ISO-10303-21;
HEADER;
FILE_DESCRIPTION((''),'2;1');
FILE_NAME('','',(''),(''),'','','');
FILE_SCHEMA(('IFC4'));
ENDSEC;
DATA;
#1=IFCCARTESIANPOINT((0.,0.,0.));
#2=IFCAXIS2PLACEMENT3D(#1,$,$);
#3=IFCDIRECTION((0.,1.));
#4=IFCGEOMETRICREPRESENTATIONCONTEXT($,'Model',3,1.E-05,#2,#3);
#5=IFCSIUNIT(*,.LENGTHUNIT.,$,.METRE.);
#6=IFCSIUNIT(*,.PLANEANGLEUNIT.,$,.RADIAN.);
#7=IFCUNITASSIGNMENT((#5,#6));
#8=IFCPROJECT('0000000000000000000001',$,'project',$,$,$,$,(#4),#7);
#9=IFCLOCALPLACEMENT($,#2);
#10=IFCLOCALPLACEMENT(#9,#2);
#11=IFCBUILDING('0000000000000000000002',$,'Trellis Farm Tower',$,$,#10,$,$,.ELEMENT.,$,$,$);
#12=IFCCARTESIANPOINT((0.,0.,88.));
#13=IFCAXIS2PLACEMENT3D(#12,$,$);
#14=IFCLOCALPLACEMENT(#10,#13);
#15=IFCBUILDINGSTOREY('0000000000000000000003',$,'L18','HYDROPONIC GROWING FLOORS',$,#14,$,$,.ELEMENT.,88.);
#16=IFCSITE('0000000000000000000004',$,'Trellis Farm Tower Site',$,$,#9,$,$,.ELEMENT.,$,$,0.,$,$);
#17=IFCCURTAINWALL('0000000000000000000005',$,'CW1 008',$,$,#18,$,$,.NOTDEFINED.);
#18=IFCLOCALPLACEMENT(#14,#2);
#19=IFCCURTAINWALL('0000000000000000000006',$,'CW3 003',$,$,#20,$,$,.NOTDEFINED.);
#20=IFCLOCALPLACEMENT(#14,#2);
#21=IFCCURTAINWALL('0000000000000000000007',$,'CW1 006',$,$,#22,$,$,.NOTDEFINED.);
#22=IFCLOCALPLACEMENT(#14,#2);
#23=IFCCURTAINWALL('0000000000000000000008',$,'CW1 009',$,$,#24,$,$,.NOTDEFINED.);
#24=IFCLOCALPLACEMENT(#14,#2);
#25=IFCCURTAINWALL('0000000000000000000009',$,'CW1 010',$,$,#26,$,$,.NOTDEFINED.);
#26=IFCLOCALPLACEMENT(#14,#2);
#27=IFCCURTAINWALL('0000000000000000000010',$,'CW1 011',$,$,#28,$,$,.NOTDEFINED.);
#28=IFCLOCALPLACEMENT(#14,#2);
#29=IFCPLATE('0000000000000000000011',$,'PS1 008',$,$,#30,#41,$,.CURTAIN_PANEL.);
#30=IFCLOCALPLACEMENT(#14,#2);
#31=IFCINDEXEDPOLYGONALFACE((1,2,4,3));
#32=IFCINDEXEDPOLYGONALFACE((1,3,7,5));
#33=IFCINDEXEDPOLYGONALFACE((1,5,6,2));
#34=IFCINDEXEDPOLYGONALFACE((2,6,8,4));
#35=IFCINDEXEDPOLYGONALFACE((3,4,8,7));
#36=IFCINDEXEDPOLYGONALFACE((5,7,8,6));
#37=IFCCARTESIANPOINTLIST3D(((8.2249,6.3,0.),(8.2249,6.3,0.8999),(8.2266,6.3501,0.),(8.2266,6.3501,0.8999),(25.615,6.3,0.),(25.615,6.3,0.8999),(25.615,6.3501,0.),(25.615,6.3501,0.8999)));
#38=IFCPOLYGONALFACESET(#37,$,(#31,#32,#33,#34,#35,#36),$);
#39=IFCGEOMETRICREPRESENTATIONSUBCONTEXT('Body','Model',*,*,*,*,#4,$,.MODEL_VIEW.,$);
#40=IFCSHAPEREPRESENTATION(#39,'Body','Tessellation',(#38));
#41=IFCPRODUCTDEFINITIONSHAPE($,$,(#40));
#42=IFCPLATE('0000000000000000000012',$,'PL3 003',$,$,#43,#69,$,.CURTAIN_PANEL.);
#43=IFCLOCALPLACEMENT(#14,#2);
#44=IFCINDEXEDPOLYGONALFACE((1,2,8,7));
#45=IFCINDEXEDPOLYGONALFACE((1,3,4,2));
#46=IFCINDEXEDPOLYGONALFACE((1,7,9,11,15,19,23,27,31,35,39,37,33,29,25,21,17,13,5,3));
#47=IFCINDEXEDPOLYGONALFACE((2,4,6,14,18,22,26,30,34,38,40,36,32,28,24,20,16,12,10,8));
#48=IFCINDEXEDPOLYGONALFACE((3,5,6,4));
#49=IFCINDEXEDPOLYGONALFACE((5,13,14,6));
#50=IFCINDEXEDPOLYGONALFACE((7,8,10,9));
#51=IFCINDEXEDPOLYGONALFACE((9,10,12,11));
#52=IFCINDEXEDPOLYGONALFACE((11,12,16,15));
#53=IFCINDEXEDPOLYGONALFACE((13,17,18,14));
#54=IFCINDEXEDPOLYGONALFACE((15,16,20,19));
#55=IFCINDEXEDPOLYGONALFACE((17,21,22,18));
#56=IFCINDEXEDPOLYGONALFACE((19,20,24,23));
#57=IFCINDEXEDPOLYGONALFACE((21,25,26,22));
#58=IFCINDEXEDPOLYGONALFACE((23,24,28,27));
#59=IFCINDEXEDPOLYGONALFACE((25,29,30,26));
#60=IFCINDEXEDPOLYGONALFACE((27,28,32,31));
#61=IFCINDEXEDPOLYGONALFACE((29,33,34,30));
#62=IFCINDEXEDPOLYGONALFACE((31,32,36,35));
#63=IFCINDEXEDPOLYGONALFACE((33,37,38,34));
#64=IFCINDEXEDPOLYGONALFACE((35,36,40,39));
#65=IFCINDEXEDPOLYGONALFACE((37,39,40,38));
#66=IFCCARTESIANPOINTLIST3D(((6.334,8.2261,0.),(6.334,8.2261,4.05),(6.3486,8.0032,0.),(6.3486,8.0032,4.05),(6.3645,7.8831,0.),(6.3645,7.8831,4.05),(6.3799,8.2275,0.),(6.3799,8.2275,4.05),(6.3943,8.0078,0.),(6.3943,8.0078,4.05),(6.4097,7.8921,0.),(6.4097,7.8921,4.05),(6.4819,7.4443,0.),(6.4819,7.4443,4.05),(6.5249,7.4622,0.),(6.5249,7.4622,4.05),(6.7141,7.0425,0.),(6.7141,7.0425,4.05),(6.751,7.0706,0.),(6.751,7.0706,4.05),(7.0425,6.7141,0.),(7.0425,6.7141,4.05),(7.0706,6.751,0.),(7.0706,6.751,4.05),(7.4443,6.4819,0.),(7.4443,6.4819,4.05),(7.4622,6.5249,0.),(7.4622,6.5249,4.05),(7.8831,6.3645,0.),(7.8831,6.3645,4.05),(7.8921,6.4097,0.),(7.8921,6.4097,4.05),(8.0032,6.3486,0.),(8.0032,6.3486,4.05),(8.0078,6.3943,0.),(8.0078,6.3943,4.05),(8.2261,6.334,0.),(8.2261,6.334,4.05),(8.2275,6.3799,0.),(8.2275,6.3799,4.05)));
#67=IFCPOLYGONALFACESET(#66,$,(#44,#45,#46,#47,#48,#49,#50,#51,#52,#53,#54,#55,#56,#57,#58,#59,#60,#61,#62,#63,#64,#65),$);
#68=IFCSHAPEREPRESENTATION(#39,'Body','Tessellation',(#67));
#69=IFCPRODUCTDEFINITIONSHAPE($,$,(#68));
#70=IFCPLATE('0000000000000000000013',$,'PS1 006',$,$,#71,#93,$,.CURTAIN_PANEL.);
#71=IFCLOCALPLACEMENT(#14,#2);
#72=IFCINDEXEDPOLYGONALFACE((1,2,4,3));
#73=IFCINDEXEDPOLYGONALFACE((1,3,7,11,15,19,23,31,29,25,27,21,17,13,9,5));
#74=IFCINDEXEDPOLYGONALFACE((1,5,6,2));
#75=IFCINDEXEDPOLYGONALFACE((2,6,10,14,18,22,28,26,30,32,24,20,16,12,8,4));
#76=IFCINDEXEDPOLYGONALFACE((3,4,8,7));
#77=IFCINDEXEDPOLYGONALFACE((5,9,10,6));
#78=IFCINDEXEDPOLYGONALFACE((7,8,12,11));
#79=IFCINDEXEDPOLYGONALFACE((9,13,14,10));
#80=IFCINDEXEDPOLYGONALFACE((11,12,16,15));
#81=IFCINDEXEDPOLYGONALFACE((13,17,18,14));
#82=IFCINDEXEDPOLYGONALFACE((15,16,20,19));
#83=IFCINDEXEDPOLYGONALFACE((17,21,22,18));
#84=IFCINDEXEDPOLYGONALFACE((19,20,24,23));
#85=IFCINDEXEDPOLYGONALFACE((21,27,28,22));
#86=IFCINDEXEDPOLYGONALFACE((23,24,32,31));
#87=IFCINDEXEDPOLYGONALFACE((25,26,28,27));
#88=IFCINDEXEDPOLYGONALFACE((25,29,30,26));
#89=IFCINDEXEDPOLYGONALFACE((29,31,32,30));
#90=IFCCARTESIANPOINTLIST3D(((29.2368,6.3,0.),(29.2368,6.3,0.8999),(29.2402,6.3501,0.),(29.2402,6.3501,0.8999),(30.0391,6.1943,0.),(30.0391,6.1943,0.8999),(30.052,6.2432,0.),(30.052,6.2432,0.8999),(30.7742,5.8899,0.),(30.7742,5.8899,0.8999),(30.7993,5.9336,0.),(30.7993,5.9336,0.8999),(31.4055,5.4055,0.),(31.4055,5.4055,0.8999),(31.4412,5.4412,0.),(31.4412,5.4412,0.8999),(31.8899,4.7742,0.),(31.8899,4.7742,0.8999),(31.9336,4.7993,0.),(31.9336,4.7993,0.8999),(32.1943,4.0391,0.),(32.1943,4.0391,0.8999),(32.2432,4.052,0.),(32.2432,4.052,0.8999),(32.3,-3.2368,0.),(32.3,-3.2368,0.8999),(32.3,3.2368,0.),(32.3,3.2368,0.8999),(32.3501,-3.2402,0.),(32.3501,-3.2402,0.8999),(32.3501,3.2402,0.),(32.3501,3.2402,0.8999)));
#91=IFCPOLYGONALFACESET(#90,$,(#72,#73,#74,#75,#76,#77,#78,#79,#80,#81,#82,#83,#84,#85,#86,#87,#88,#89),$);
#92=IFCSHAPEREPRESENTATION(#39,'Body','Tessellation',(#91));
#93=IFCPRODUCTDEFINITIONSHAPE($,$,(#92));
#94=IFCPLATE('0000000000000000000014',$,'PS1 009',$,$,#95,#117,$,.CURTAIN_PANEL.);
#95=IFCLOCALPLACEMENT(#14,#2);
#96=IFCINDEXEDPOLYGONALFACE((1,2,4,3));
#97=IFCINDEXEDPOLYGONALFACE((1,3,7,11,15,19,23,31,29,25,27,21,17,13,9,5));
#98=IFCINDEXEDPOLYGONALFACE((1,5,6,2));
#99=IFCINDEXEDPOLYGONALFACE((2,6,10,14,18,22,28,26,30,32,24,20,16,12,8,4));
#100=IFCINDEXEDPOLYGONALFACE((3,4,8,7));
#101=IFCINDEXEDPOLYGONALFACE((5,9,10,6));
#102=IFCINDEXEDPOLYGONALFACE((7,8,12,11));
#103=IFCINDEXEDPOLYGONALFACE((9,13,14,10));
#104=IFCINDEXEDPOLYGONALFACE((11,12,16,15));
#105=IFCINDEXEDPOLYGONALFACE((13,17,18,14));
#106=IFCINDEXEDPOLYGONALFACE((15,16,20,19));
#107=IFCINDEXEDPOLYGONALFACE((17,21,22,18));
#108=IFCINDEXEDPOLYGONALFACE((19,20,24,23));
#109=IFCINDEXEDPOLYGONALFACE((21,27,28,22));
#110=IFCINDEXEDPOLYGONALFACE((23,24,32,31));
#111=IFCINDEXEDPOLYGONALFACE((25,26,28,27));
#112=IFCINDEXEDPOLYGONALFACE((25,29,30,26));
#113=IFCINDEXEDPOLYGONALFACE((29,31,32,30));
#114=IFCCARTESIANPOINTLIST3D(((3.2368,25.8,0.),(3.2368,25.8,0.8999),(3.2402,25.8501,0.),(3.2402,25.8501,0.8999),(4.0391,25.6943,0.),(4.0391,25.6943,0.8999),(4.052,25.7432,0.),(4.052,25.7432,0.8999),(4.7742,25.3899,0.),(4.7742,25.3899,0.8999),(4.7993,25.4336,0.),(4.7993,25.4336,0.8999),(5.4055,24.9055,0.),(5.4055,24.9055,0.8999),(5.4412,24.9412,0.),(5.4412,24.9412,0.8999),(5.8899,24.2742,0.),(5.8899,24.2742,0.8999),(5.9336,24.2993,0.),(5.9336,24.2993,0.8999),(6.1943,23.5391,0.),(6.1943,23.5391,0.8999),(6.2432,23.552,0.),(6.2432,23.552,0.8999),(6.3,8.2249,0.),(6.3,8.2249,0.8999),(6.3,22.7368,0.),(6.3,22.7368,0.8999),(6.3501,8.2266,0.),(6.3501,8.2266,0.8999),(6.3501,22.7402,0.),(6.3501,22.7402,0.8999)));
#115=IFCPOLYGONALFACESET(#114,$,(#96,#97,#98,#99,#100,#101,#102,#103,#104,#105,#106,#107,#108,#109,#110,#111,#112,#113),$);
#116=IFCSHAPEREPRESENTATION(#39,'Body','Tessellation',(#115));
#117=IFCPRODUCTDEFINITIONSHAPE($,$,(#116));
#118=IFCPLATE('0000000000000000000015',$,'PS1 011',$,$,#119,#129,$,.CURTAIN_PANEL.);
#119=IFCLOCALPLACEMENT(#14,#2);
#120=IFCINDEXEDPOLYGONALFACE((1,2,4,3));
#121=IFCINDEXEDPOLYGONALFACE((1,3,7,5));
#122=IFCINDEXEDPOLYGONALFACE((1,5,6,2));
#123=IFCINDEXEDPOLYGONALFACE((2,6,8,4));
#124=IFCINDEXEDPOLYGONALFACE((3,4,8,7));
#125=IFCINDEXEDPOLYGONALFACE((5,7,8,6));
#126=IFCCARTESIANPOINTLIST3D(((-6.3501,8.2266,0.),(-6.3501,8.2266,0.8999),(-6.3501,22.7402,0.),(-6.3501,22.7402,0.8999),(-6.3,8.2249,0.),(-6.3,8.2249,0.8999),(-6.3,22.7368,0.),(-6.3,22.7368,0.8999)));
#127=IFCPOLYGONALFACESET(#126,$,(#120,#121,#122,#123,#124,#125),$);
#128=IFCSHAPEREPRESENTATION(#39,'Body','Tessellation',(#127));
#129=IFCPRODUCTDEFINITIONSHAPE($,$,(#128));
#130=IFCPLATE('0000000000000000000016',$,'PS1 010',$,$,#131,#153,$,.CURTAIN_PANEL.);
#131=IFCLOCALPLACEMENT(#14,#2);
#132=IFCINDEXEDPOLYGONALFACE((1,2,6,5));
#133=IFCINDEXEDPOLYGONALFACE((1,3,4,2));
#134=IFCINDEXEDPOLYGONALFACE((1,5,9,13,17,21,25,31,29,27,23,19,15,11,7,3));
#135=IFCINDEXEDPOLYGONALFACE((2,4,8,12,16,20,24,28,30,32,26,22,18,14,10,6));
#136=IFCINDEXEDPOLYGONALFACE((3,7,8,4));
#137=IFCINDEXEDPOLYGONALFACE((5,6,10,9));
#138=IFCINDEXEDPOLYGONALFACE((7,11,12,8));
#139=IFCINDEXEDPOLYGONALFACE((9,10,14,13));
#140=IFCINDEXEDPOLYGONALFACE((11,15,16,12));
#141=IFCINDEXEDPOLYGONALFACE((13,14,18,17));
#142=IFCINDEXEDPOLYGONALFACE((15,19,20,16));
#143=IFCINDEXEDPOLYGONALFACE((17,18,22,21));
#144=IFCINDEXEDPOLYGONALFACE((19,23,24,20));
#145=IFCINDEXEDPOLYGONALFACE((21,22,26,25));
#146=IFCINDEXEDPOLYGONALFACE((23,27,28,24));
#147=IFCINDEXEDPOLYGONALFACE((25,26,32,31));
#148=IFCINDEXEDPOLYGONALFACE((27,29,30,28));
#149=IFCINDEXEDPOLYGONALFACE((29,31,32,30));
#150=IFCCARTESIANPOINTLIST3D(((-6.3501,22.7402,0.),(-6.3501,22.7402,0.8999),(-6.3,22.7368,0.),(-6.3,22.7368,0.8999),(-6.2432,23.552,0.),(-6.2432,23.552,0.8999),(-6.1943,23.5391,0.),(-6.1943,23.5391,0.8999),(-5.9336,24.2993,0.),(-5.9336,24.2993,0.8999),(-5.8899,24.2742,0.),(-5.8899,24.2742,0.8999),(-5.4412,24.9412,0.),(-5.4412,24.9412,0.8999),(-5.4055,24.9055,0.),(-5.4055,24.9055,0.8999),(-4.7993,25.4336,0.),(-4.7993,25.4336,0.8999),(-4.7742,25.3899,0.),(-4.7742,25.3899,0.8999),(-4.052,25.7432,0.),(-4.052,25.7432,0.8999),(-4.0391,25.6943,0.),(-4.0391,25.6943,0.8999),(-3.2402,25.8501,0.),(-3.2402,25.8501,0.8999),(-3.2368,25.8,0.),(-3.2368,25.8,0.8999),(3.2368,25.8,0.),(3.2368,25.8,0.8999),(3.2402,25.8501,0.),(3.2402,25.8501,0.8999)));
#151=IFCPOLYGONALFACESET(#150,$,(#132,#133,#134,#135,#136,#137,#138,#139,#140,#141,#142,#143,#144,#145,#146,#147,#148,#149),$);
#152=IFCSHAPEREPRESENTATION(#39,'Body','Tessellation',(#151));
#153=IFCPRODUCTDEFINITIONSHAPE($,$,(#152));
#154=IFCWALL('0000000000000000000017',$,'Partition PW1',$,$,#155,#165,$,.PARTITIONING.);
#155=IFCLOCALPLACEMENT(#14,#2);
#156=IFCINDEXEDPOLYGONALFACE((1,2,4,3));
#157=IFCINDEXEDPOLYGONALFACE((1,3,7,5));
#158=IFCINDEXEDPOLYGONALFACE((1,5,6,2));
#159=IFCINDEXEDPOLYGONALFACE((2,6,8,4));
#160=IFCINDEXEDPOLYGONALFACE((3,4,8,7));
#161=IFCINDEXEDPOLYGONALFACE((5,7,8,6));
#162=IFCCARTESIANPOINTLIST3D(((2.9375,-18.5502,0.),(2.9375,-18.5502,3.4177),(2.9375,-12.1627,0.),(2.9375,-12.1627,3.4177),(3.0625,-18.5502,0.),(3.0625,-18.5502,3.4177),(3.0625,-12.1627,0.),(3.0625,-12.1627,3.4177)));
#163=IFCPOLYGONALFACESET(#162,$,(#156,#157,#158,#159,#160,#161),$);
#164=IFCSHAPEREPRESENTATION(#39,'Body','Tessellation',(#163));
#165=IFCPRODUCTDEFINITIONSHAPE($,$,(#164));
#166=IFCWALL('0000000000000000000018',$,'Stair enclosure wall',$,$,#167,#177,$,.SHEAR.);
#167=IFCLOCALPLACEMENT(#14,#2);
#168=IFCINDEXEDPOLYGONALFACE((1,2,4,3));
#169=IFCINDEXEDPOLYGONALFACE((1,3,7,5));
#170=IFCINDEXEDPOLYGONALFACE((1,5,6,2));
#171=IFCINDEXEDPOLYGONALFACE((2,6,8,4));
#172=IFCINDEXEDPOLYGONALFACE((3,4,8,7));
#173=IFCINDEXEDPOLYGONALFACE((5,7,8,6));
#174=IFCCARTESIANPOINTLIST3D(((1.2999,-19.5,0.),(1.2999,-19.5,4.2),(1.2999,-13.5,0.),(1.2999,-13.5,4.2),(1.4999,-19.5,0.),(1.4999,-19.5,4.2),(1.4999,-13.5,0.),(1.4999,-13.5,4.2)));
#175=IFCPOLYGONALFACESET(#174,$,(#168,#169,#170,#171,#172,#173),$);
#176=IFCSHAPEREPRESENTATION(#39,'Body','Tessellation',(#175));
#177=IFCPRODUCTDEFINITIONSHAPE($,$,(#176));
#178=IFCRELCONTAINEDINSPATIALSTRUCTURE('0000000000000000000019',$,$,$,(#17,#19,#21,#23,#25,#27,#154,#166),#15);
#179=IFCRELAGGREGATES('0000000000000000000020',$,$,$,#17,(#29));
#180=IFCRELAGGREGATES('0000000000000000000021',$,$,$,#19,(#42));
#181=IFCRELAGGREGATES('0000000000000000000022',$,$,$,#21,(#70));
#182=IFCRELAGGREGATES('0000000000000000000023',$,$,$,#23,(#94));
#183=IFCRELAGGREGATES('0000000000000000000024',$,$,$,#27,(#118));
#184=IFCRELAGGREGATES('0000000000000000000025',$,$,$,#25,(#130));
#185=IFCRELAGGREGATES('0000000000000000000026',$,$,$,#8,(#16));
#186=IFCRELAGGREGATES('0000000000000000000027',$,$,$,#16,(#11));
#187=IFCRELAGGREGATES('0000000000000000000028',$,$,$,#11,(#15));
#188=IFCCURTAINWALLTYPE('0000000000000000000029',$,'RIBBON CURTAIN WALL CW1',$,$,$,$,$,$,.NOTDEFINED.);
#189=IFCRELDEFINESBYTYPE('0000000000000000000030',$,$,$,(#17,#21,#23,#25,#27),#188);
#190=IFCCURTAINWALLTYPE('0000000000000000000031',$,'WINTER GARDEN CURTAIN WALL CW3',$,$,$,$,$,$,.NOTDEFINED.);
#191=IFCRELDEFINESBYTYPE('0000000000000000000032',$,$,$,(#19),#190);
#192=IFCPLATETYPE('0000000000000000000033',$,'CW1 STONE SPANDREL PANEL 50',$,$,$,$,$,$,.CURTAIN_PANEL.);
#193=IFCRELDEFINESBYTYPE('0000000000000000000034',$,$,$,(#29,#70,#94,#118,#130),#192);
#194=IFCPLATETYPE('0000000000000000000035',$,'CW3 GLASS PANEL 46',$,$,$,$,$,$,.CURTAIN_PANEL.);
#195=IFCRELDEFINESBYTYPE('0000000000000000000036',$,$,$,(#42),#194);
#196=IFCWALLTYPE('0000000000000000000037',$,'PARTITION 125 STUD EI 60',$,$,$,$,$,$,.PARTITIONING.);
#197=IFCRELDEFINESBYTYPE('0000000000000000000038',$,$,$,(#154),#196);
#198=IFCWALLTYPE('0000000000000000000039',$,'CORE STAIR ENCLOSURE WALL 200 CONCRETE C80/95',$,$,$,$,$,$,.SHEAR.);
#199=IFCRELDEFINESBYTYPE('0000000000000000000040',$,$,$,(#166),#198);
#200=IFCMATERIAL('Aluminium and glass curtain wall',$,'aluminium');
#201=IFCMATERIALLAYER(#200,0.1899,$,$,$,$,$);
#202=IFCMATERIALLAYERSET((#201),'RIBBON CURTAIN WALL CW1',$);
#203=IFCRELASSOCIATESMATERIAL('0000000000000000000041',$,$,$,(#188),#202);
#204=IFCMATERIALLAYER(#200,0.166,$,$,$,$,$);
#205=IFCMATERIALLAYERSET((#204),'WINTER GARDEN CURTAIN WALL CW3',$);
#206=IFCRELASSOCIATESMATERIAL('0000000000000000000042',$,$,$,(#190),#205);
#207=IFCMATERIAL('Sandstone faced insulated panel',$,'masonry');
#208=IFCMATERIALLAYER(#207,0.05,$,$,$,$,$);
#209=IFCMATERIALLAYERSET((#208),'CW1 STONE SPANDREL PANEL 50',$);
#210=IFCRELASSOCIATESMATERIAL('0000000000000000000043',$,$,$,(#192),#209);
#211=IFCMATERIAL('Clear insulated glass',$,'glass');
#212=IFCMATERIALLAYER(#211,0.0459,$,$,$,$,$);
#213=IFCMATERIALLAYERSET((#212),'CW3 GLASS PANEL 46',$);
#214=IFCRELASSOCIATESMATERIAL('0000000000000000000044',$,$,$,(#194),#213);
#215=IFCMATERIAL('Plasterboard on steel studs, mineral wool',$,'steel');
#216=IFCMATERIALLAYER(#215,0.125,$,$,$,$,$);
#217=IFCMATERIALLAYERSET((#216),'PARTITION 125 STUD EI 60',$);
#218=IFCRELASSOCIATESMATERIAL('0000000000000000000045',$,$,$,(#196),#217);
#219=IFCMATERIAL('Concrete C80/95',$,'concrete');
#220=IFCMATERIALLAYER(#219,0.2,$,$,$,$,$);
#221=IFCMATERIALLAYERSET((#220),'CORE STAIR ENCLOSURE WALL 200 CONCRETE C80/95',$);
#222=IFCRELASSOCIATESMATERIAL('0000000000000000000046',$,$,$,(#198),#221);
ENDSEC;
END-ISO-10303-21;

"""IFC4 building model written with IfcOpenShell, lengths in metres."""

from ifc_helpers import new_model, si_unit, direction, frame, frame_2d, origin, place, context, subcontext, project, spatial, polyline, rectangle, outline, extrude, source, transform, mapped, material, layer, layer_set, type_object, element, aggregate, save


model = new_model("IFC4")

# Units and contexts
model_context = context("Model", 3, precision=1e-05, world=origin(), true_north=direction((0.0, 1.0)))
body_context = subcontext(model_context, "Body", "Model", "MODEL_VIEW")
ifc_project = project(units=[si_unit("LENGTHUNIT", "METRE"), si_unit("PLANEANGLEUNIT", "RADIAN")], contexts=[model_context])

# Site, building, storey
site_placement = place(None, origin())
site = spatial("IfcSite", under=ifc_project, at=site_placement, Name="Trellis Farm Tower Site", CompositionType="ELEMENT", RefElevation=0.0)
building_placement = place(site_placement, origin())
building = spatial("IfcBuilding", under=site, at=building_placement, Name="Trellis Farm Tower", CompositionType="ELEMENT")
storey_placement = place(building_placement, frame((0.0, 0.0, 88.0)))
storey = spatial("IfcBuildingStorey", under=building, at=storey_placement, Name="L18", Description="HYDROPONIC GROWING FLOORS", CompositionType="ELEMENT", Elevation=88.0)

# Curtain wall
ifc_material_1 = material(Name="Aluminium and glass curtain wall", Category="aluminium")
ifc_layer_1 = layer(ifc_material_1, 0.1899)
ifc_layer_set_1 = layer_set([ifc_layer_1], Name="RIBBON CURTAIN WALL CW1")
curtain_wall_type_1 = type_object("IfcCurtainWallType", Name="RIBBON CURTAIN WALL CW1", PredefinedType="NOTDEFINED", material=ifc_layer_set_1)
placement_1 = place(storey_placement, origin())
curtain_wall_1 = element("IfcCurtainWall", 1, at=placement_1, inside=storey, type_object=curtain_wall_type_1, Name="CW1 008", PredefinedType="NOTDEFINED")

# Curtain walls
ifc_layer_2 = layer(ifc_material_1, 0.166)
ifc_layer_set_2 = layer_set([ifc_layer_2], Name="WINTER GARDEN CURTAIN WALL CW3")
curtain_wall_type_2 = type_object("IfcCurtainWallType", Name="WINTER GARDEN CURTAIN WALL CW3", PredefinedType="NOTDEFINED", material=ifc_layer_set_2)
curtain_wall_2 = element("IfcCurtainWall", 2, at=placement_1, inside=storey, type_object=curtain_wall_type_2, Name="CW3 003", PredefinedType="NOTDEFINED")
curtain_wall_3 = element("IfcCurtainWall", 3, at=placement_1, inside=storey, type_object=curtain_wall_type_1, Name="CW1 006", PredefinedType="NOTDEFINED")
curtain_wall_4 = element("IfcCurtainWall", 4, at=placement_1, inside=storey, type_object=curtain_wall_type_1, Name="CW1 009", PredefinedType="NOTDEFINED")
curtain_wall_5 = element("IfcCurtainWall", 5, at=placement_1, inside=storey, type_object=curtain_wall_type_1, Name="CW1 010", PredefinedType="NOTDEFINED")

# Shared definitions
ifc_material_2 = material(Name="Clear insulated glass", Category="glass")

# Curtain wall
curtain_wall_6 = element("IfcCurtainWall", 6, at=placement_1, inside=storey, type_object=curtain_wall_type_1, Name="CW1 011", PredefinedType="NOTDEFINED")

# Plates
ifc_material_3 = material(Name="Sandstone faced insulated panel", Category="masonry")
ifc_layer_3 = layer(ifc_material_3, 0.05)
ifc_layer_set_3 = layer_set([ifc_layer_3], Name="CW1 STONE SPANDREL PANEL 50")
plate_type_1 = type_object("IfcPlateType", Name="CW1 STONE SPANDREL PANEL 50", PredefinedType="CURTAIN_PANEL", material=ifc_layer_set_3)
plate_1 = element("IfcPlate", 7, at=placement_1, type_object=plate_type_1, Name="PS1 008", PredefinedType="CURTAIN_PANEL", context=body_context, shape_type="SweptSolid", body=[
    extrude(outline(polyline([(25.615, 6.3501), (8.2266, 6.3501), (8.2249, 6.3), (25.615, 6.3), (25.615, 6.3501)])), origin(), (0.0, 0.0, 1.0), 0.8999),
])
aggregate(curtain_wall_1, [plate_1])
ifc_layer_4 = layer(ifc_material_2, 0.0459)
ifc_layer_set_4 = layer_set([ifc_layer_4], Name="CW3 GLASS PANEL 46")
plate_type_2 = type_object("IfcPlateType", Name="CW3 GLASS PANEL 46", PredefinedType="CURTAIN_PANEL", material=ifc_layer_set_4)
plate_2 = element("IfcPlate", 8, at=placement_1, type_object=plate_type_2, Name="PL3 003", PredefinedType="CURTAIN_PANEL", context=body_context, shape_type="SweptSolid", body=[
    extrude(outline(polyline([(8.2275, 6.3799), (8.0078, 6.3943), (7.8921, 6.4097), (7.4622, 6.5249), (7.0706, 6.751), (6.751, 7.0706), (6.5249, 7.4622), (6.4097, 7.8921), (6.3943, 8.0078), (6.3799, 8.2275), (6.334, 8.2261), (6.3486, 8.0032), (6.3645, 7.8831), (6.4819, 7.4443), (6.7141, 7.0425), (7.0425, 6.7141), (7.4443, 6.4819), (7.8831, 6.3645), (8.0032, 6.3486), (8.2261, 6.334), (8.2275, 6.3799)])), origin(), (0.0, 0.0, 1.0), 4.05),
])
aggregate(curtain_wall_2, [plate_2])
shared_shape_1 = source(origin(), body_context, "Body", "SweptSolid", [
    extrude(outline(polyline([(32.3501, -3.2402), (32.3501, 3.2402), (32.2432, 4.052), (31.9336, 4.7993), (31.4412, 5.4412), (30.7993, 5.9336), (30.052, 6.2432), (29.2402, 6.3501), (29.2368, 6.3), (30.0391, 6.1943), (30.7742, 5.8899), (31.4055, 5.4055), (31.8899, 4.7742), (32.1943, 4.0391), (32.3, 3.2368), (32.3, -3.2368), (32.3501, -3.2402)])), origin(), (0.0, 0.0, 1.0), 0.8999),
])
plate_3 = element("IfcPlate", 9, at=placement_1, type_object=plate_type_1, Name="PS1 006", PredefinedType="CURTAIN_PANEL", context=body_context, shape_type="MappedRepresentation", body=[
    mapped(shared_shape_1, transform((0.0, 0.0, 0.0))),
])
aggregate(curtain_wall_3, [plate_3])
shared_shape_2 = source(origin(), body_context, "Body", "SweptSolid", [
    extrude(outline(polyline([(6.3501, 8.2266), (6.3501, 22.7402), (6.2432, 23.552), (5.9336, 24.2993), (5.4412, 24.9412), (4.7993, 25.4336), (4.052, 25.7432), (3.2402, 25.8501), (3.2368, 25.8), (4.0391, 25.6943), (4.7742, 25.3899), (5.4055, 24.9055), (5.8899, 24.2742), (6.1943, 23.5391), (6.3, 22.7368), (6.3, 8.2249), (6.3501, 8.2266)])), origin(), (0.0, 0.0, 1.0), 0.8999),
])
plate_4 = element("IfcPlate", 10, at=placement_1, type_object=plate_type_1, Name="PS1 009", PredefinedType="CURTAIN_PANEL", context=body_context, shape_type="MappedRepresentation", body=[
    mapped(shared_shape_2, transform((0.0, 0.0, 0.0))),
])
aggregate(curtain_wall_4, [plate_4])
shared_shape_3 = source(origin(), body_context, "Body", "SweptSolid", [
    extrude(outline(polyline([(-6.3501, 22.7402), (-6.3501, 8.2266), (-6.3, 8.2249), (-6.3, 22.7368), (-6.3501, 22.7402)])), origin(), (0.0, 0.0, 1.0), 0.8999),
])
plate_5 = element("IfcPlate", 11, at=placement_1, type_object=plate_type_1, Name="PS1 011", PredefinedType="CURTAIN_PANEL", context=body_context, shape_type="MappedRepresentation", body=[
    mapped(shared_shape_3, transform((0.0, 0.0, 0.0))),
])
aggregate(curtain_wall_6, [plate_5])
shared_shape_4 = source(origin(), body_context, "Body", "SweptSolid", [
    extrude(outline(polyline([(3.2402, 25.8501), (-3.2402, 25.8501), (-4.052, 25.7432), (-4.7993, 25.4336), (-5.4412, 24.9412), (-5.9336, 24.2993), (-6.2432, 23.552), (-6.3501, 22.7402), (-6.3, 22.7368), (-6.1943, 23.5391), (-5.8899, 24.2742), (-5.4055, 24.9055), (-4.7742, 25.3899), (-4.0391, 25.6943), (-3.2368, 25.8), (3.2368, 25.8), (3.2402, 25.8501)])), origin(), (0.0, 0.0, 1.0), 0.8999),
])
plate_6 = element("IfcPlate", 12, at=placement_1, type_object=plate_type_1, Name="PS1 010", PredefinedType="CURTAIN_PANEL", context=body_context, shape_type="MappedRepresentation", body=[
    mapped(shared_shape_4, transform((0.0, 0.0, 0.0))),
])
aggregate(curtain_wall_5, [plate_6])

# Walls
ifc_material_4 = material(Name="Plasterboard on steel studs, mineral wool", Category="steel")
ifc_layer_5 = layer(ifc_material_4, 0.125)
ifc_layer_set_5 = layer_set([ifc_layer_5], Name="PARTITION 125 STUD EI 60")
wall_type_1 = type_object("IfcWallType", Name="PARTITION 125 STUD EI 60", PredefinedType="PARTITIONING", material=ifc_layer_set_5)
wall_1_placement = place(storey_placement, frame((3.0, -12.1626, 0.0), z_axis=(0.0, 0.0, 1.0), x_axis=(0.0, -1.0, 0.0)))
element("IfcWall", 13, at=wall_1_placement, inside=storey, type_object=wall_type_1, Name="Partition PW1", PredefinedType="PARTITIONING", context=body_context, shape_type="SweptSolid", body=[
    extrude(rectangle(XDim=6.3875, YDim=0.125, at=frame_2d((3.1938, 0.0))), origin(), (0.0, 0.0, 1.0), 3.4177),
])
ifc_material_5 = material(Name="Concrete C80/95", Category="concrete")
ifc_layer_6 = layer(ifc_material_5, 0.2)
ifc_layer_set_6 = layer_set([ifc_layer_6], Name="CORE STAIR ENCLOSURE WALL 200 CONCRETE C80/95")
wall_type_2 = type_object("IfcWallType", Name="CORE STAIR ENCLOSURE WALL 200 CONCRETE C80/95", PredefinedType="SHEAR", material=ifc_layer_set_6)
shared_shape_5 = source(origin(), body_context, "Body", "SweptSolid", [
    extrude(rectangle(XDim=6.0, YDim=0.2, at=frame_2d((3.0, 0.0))), origin(), (0.0, 0.0, 1.0), 4.2),
])
wall_2_placement = place(storey_placement, frame((1.3999, -13.5, 0.0), z_axis=(0.0, 0.0, 1.0), x_axis=(0.0, -1.0, 0.0)))
element("IfcWall", 14, at=wall_2_placement, inside=storey, type_object=wall_type_2, Name="Stair enclosure wall", PredefinedType="SHEAR", context=body_context, shape_type="MappedRepresentation", body=[
    mapped(shared_shape_5, transform((0.0, 0.0, 0.0))),
])

save(model, "model.ifc")
